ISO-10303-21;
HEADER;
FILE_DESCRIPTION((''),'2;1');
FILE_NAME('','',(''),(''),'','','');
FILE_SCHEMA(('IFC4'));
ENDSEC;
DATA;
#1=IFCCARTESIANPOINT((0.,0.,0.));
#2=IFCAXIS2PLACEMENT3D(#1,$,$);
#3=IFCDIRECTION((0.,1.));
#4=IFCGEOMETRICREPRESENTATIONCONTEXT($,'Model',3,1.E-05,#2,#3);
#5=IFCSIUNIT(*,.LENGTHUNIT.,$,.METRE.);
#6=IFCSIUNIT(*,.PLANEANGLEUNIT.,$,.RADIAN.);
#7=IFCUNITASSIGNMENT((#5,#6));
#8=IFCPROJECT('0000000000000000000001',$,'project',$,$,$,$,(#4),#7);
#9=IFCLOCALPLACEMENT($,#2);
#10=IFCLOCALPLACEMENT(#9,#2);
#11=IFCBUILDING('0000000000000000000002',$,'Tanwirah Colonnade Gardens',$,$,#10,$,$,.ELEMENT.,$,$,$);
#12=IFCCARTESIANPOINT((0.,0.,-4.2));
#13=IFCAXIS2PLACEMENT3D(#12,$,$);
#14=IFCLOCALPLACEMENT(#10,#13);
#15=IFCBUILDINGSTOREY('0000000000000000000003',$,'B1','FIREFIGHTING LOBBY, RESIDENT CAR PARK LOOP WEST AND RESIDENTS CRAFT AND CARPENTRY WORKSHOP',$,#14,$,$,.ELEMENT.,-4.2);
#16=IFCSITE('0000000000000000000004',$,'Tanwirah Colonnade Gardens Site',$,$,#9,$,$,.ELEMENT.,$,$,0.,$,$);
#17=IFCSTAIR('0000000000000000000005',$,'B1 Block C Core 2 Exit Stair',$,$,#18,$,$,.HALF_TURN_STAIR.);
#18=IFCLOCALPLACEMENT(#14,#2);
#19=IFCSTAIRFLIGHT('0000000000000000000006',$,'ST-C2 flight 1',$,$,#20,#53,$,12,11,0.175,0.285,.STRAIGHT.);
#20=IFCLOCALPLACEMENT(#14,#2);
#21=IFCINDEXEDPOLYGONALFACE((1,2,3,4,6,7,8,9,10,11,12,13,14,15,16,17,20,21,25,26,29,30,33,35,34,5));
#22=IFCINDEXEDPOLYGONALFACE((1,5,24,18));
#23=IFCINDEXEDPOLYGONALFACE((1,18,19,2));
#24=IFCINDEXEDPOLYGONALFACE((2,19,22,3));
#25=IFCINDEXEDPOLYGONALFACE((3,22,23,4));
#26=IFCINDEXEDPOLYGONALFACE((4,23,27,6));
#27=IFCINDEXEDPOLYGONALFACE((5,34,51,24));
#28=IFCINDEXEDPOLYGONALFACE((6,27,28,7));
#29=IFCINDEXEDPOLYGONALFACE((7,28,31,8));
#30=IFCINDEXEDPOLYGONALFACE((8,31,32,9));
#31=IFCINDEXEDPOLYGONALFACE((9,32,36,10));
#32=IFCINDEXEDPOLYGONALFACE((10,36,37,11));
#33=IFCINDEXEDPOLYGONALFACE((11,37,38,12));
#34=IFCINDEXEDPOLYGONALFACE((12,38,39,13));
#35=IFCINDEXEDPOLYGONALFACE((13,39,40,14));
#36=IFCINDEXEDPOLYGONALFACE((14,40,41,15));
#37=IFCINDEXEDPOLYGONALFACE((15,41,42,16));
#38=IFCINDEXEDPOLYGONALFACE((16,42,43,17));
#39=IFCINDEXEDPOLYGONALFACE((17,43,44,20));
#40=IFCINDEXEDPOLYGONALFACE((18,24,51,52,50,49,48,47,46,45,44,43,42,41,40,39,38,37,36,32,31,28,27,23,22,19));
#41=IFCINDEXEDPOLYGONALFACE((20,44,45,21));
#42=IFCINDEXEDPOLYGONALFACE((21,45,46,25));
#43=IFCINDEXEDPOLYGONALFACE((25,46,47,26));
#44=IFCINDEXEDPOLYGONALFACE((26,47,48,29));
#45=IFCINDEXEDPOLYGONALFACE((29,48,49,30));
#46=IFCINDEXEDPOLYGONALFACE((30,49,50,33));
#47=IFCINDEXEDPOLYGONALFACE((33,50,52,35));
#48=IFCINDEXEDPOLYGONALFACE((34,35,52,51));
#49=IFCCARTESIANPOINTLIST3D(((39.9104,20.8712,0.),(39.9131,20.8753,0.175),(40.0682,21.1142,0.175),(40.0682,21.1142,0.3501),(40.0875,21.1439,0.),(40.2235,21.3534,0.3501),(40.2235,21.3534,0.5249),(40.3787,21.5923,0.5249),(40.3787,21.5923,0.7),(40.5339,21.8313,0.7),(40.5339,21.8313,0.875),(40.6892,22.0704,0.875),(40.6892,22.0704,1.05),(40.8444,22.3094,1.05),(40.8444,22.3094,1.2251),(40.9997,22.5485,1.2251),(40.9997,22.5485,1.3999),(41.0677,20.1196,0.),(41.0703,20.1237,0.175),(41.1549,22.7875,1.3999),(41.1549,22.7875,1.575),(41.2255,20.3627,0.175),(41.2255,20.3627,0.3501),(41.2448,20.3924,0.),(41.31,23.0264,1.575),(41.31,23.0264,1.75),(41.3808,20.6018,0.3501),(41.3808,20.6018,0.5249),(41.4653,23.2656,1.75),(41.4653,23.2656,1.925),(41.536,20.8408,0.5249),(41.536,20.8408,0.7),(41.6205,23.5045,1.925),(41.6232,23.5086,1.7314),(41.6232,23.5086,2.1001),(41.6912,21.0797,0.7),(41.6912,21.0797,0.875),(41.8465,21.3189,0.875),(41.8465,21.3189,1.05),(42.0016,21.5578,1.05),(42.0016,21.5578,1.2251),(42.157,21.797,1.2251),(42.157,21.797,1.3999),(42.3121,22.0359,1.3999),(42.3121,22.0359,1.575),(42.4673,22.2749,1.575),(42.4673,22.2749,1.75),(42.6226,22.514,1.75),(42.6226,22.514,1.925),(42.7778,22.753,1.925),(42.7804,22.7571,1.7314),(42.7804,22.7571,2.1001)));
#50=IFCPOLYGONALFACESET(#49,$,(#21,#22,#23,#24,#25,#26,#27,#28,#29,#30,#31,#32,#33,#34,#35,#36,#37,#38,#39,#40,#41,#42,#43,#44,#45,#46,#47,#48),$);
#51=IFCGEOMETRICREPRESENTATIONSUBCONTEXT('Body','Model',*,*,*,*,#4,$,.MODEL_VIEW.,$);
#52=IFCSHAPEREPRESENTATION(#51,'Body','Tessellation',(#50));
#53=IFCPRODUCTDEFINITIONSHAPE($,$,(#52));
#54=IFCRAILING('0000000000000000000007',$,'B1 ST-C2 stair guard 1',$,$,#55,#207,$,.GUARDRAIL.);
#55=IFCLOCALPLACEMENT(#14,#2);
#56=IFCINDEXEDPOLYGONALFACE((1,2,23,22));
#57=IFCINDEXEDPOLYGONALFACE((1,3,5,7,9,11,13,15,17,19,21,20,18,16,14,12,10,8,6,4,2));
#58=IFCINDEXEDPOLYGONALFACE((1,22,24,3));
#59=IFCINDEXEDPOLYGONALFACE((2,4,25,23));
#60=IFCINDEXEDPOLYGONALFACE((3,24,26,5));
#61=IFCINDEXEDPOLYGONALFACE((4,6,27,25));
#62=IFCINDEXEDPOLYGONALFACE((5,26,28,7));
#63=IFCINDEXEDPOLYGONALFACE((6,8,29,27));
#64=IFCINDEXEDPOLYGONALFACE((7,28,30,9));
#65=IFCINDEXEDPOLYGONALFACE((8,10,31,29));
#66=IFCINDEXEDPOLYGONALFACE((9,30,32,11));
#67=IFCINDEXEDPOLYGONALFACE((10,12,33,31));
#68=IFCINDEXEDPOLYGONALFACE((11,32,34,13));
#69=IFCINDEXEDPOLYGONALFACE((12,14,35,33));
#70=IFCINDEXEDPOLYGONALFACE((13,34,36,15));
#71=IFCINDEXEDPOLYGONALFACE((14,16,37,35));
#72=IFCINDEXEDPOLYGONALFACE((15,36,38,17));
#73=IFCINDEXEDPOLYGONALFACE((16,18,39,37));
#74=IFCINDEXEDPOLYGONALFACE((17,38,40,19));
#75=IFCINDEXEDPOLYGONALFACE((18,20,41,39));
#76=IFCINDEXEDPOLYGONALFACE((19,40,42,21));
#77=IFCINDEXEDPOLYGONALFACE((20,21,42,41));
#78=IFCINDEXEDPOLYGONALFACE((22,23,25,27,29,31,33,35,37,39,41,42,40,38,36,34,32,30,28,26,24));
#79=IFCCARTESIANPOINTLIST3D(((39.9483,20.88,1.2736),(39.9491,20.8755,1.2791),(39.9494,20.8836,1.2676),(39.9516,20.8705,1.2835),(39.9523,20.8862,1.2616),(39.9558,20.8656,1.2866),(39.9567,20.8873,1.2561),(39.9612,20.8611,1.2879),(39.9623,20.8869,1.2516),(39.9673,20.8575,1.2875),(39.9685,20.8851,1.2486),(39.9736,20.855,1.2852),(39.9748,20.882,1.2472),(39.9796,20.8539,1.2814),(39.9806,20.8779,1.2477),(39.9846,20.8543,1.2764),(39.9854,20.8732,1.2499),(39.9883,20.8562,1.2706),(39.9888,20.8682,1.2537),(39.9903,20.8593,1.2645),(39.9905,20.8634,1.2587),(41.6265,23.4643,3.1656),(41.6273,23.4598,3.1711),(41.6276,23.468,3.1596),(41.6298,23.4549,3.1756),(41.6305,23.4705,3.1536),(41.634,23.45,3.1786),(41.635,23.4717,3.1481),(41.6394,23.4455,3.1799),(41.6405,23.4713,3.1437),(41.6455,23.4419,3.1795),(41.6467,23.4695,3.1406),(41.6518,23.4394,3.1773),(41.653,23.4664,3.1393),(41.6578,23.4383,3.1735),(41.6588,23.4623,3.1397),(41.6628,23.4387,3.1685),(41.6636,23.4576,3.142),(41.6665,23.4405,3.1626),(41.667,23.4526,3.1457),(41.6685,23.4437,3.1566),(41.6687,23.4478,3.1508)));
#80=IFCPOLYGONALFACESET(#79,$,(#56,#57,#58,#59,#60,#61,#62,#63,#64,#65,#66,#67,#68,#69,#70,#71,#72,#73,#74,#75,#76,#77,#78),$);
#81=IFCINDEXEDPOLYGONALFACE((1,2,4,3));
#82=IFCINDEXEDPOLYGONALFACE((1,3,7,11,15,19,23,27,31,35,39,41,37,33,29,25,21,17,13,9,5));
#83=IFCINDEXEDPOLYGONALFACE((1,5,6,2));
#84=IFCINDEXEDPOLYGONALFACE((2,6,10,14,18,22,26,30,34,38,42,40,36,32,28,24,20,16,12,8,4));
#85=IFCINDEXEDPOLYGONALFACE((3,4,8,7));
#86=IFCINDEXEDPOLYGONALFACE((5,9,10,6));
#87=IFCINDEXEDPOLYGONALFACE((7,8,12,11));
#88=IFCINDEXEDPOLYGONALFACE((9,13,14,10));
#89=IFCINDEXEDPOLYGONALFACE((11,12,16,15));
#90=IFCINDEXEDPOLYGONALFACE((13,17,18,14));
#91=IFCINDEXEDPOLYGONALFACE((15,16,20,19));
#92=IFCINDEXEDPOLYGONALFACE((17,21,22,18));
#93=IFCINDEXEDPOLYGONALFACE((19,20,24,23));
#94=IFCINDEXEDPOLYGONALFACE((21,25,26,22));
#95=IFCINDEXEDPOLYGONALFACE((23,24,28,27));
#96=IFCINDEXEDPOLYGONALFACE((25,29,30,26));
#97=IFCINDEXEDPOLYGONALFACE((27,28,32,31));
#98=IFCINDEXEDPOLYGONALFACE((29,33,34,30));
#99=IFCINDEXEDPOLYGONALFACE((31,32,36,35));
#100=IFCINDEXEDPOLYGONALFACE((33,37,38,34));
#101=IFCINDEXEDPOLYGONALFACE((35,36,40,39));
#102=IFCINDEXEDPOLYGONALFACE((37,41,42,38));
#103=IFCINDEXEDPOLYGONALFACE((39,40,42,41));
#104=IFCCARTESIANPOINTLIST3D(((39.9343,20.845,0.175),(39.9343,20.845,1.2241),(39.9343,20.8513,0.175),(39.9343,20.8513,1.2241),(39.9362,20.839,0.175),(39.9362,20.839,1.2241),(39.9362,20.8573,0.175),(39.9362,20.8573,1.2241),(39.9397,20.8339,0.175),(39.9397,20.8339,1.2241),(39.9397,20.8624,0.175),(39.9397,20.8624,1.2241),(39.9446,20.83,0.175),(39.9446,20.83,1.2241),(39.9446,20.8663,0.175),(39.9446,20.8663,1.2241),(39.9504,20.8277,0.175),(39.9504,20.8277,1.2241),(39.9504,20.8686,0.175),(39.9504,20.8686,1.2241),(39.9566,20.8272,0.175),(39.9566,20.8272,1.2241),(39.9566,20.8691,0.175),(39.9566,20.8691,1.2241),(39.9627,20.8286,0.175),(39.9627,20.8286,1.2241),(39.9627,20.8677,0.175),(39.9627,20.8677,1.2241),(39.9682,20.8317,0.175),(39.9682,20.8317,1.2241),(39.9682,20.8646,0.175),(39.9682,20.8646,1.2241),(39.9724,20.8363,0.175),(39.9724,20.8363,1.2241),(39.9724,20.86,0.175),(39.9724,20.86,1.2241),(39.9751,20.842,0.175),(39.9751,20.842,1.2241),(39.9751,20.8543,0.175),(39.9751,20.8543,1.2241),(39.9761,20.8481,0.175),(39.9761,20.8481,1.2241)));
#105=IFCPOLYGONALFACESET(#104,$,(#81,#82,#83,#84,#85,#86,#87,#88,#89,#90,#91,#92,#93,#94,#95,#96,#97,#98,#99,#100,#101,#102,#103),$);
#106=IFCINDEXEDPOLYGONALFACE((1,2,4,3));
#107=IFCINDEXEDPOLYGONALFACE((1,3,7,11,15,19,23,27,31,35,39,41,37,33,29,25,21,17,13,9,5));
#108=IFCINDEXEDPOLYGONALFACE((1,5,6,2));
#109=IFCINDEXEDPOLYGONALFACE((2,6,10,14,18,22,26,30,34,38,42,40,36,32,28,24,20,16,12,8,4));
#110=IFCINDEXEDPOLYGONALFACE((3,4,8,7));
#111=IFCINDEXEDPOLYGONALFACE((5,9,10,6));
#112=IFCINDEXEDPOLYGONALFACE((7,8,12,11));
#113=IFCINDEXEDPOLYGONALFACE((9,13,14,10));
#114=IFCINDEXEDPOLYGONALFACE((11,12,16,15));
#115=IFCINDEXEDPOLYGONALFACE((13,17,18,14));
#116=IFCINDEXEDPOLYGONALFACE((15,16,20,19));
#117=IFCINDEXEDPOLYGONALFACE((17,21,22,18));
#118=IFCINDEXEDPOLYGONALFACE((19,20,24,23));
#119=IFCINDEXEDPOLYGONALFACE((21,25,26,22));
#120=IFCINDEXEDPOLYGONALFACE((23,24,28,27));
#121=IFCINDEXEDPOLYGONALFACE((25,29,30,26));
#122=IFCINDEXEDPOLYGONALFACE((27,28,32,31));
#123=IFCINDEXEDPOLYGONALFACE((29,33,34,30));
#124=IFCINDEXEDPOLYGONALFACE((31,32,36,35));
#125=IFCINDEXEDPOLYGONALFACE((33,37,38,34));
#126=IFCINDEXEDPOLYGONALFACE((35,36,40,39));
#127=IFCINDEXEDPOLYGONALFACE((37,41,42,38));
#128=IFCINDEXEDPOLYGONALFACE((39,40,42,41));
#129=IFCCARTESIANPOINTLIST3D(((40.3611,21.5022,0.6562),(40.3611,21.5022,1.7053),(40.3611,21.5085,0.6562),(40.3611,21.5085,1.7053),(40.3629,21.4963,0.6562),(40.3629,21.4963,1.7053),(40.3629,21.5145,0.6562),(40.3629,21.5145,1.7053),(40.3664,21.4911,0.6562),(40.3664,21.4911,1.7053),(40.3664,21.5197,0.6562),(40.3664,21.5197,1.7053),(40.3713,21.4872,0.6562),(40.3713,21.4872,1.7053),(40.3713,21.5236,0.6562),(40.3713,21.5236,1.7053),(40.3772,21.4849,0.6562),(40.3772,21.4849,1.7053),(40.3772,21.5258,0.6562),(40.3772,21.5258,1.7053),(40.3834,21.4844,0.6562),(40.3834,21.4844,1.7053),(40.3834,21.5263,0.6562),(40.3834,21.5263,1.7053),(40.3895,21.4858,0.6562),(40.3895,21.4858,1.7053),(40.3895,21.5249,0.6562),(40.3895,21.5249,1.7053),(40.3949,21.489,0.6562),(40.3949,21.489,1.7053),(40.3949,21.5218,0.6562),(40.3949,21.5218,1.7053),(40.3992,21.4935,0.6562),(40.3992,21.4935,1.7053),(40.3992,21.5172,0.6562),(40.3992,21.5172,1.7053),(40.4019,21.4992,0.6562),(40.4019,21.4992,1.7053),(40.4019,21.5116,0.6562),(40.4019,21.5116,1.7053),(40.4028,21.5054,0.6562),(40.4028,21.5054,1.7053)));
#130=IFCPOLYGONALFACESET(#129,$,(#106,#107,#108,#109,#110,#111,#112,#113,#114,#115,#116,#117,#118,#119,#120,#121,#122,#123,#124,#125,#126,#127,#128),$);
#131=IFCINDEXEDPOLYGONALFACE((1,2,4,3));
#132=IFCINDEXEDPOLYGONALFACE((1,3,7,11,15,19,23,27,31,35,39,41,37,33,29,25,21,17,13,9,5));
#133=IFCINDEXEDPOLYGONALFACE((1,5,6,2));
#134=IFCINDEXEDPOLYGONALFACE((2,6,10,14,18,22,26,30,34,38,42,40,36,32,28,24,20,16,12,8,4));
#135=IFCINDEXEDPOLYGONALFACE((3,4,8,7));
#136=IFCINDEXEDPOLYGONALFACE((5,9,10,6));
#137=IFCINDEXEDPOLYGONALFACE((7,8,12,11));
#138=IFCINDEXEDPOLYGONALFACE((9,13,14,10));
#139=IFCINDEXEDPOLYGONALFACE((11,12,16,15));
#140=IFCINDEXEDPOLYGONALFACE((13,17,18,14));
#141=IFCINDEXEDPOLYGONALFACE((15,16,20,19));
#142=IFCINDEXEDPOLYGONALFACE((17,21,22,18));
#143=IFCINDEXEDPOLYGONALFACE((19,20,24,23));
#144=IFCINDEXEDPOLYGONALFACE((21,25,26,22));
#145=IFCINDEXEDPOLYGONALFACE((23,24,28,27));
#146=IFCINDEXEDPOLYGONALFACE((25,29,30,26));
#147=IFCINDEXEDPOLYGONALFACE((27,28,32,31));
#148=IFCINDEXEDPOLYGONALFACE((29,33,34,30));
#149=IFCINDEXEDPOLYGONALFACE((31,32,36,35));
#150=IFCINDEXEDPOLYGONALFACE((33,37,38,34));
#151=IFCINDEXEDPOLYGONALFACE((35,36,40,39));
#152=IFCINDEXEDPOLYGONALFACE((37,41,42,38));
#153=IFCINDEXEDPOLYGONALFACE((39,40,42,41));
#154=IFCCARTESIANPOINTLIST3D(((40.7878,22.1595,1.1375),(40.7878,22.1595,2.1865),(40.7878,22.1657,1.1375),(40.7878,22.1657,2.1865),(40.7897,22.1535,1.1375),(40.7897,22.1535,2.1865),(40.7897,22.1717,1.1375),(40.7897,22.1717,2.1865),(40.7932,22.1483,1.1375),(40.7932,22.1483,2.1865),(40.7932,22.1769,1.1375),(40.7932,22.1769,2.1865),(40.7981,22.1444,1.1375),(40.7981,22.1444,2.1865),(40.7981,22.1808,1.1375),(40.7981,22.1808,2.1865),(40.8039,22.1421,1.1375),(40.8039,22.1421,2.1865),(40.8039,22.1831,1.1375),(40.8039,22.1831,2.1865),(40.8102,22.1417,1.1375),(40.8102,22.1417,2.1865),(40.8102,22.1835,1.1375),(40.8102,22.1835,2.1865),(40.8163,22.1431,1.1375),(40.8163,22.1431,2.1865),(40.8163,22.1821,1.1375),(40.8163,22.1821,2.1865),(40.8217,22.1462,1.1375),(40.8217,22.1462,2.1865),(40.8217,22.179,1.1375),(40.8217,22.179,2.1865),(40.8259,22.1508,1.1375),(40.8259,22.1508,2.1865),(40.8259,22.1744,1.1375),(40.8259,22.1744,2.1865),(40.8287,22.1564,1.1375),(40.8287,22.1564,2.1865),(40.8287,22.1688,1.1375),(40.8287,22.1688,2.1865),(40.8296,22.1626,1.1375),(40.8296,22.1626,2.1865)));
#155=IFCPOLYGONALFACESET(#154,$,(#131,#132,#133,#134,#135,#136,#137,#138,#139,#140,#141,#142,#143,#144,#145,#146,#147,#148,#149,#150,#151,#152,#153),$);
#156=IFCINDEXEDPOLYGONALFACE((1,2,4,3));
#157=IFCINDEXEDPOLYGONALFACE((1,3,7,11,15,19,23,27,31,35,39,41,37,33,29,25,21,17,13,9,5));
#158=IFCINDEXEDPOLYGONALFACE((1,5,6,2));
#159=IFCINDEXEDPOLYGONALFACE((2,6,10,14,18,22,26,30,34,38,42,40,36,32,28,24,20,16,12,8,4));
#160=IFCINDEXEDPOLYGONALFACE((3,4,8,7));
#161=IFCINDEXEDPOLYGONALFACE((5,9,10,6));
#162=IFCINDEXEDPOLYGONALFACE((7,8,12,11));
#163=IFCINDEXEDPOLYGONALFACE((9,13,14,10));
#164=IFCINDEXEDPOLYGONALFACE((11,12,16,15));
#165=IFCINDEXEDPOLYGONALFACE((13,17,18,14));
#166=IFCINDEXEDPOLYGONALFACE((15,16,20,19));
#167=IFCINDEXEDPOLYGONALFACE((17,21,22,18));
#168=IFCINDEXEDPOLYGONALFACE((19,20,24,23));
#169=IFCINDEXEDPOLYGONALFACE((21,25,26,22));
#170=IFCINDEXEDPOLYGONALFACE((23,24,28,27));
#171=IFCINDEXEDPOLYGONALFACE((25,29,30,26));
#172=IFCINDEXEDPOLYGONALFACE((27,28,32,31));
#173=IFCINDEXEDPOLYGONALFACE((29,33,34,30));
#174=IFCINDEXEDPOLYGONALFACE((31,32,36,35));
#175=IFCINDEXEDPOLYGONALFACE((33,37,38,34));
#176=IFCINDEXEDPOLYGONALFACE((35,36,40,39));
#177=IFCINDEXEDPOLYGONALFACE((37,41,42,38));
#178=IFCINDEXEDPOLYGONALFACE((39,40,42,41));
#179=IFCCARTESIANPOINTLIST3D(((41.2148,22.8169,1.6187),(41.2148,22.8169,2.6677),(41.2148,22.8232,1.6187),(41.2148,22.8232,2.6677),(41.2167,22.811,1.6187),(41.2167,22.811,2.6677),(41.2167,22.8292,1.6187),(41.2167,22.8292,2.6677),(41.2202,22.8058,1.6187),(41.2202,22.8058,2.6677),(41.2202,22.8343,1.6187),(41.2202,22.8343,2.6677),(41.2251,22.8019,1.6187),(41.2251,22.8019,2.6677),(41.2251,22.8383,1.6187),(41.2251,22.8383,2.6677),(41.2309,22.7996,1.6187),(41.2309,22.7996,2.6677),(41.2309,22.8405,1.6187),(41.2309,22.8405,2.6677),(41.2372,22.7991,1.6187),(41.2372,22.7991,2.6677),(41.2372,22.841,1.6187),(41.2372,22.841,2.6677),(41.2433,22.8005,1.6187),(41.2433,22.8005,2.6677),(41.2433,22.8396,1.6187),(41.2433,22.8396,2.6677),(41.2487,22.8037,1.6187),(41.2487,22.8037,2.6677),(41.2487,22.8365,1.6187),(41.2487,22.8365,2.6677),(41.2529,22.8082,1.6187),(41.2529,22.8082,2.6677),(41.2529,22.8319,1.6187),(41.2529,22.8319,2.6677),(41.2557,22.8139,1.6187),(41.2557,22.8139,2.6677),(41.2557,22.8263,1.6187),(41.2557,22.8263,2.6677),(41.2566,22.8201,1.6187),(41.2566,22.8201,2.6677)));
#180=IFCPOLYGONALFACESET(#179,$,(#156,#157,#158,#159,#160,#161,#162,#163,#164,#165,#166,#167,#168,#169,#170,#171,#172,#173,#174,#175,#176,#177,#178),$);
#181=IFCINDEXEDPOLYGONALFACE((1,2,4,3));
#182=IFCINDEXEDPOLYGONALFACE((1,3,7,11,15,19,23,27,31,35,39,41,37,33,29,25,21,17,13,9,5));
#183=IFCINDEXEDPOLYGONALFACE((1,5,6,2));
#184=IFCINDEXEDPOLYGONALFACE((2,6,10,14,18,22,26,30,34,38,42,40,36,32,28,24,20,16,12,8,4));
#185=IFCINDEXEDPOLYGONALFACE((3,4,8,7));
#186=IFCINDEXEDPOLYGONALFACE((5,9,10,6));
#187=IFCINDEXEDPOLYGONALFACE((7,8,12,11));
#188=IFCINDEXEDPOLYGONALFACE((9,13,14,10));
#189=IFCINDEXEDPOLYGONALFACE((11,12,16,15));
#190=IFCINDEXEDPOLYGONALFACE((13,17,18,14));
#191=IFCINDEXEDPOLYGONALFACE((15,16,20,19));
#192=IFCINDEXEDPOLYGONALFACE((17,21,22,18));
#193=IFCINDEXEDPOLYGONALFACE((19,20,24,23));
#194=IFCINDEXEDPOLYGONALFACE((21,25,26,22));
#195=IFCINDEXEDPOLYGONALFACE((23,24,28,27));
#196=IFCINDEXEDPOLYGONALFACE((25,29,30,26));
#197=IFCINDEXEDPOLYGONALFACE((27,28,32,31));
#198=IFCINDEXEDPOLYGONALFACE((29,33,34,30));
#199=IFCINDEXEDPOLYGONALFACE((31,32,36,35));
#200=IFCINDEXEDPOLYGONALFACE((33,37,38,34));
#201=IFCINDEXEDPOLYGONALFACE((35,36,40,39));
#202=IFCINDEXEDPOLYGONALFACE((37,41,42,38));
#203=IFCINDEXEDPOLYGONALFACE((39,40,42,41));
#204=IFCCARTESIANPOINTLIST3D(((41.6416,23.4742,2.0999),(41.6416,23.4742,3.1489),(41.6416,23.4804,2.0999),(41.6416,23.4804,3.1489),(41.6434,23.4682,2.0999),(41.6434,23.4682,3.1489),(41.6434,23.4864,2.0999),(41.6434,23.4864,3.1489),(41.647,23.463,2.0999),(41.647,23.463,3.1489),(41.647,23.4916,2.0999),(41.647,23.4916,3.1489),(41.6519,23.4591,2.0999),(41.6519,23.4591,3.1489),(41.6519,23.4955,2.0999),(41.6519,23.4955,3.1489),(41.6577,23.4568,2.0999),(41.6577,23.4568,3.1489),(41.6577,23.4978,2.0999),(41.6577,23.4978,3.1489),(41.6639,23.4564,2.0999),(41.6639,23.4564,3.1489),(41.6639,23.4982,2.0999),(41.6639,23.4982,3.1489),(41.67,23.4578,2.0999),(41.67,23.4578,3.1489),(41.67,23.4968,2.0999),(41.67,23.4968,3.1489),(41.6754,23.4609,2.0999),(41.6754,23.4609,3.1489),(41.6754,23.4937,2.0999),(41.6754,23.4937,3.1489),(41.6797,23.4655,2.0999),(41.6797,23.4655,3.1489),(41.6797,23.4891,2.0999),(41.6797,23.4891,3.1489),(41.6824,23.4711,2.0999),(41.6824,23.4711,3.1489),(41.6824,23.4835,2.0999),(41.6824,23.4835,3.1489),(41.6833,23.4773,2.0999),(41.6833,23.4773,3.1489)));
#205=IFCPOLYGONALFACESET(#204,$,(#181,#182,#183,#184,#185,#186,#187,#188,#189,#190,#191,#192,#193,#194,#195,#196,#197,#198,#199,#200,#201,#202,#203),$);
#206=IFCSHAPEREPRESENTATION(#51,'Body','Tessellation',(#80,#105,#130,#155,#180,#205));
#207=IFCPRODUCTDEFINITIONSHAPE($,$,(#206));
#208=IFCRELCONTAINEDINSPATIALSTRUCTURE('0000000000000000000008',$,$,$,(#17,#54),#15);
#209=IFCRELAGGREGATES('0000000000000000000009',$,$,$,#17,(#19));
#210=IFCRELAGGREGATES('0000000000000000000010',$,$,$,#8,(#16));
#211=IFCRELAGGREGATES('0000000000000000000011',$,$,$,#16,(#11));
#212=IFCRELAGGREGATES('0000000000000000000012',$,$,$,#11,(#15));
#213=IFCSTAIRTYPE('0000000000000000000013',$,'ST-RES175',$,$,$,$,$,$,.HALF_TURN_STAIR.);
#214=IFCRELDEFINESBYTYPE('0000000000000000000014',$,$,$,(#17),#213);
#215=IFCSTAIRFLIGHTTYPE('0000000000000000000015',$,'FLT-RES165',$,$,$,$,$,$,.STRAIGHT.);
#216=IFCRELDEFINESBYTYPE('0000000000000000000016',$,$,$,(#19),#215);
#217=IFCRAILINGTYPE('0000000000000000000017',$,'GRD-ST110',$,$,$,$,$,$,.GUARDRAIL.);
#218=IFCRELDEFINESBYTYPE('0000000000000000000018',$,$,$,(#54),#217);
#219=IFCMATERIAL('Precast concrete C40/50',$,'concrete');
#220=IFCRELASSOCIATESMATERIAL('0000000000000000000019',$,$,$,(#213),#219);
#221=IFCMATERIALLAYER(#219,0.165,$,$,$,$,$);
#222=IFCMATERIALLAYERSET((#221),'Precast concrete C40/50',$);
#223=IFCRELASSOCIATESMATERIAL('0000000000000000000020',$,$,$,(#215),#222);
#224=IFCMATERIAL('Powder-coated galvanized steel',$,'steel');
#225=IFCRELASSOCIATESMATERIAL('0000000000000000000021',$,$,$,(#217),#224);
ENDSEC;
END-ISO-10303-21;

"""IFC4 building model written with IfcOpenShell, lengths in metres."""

from ifc_helpers import new_model, si_unit, direction, frame, origin, origin_2d, place, context, subcontext, project, spatial, polyline, circle, outline, extrude, material, layer, layer_set, type_object, element, aggregate, save


model = new_model("IFC4")

# Units and contexts
model_context = context("Model", 3, precision=1e-05, world=origin(), true_north=direction((0.0, 1.0)))
body_context = subcontext(model_context, "Body", "Model", "MODEL_VIEW")
ifc_project = project(units=[si_unit("LENGTHUNIT", "METRE"), si_unit("PLANEANGLEUNIT", "RADIAN")], contexts=[model_context])

# Site, building, storey
site_placement = place(None, origin())
site = spatial("IfcSite", under=ifc_project, at=site_placement, Name="Tanwirah Colonnade Gardens Site", CompositionType="ELEMENT", RefElevation=0.0)
building_placement = place(site_placement, origin())
building = spatial("IfcBuilding", under=site, at=building_placement, Name="Tanwirah Colonnade Gardens", CompositionType="ELEMENT")
storey_placement = place(building_placement, frame((0.0, 0.0, -4.2)))
storey = spatial("IfcBuildingStorey", under=building, at=storey_placement, Name="B1", Description="FIREFIGHTING LOBBY, RESIDENT CAR PARK LOOP WEST AND RESIDENTS CRAFT AND CARPENTRY WORKSHOP", CompositionType="ELEMENT", Elevation=-4.2)

# Shared definitions
ifc_material_1 = material(Name="Precast concrete C40/50", Category="concrete")

# Stair, stair flight
stair_type = type_object("IfcStairType", Name="ST-RES175", PredefinedType="HALF_TURN_STAIR", material=ifc_material_1)
stair_placement = place(storey_placement, origin())
stair = element("IfcStair", 1, at=stair_placement, inside=storey, type_object=stair_type, Name="B1 Block C Core 2 Exit Stair", PredefinedType="HALF_TURN_STAIR")
ifc_layer_1 = layer(ifc_material_1, 0.165)
ifc_layer_set_1 = layer_set([ifc_layer_1], Name="Precast concrete C40/50")
stair_flight_type = type_object("IfcStairFlightType", Name="FLT-RES165", PredefinedType="STRAIGHT", material=ifc_layer_set_1)
stair_flight_placement = place(storey_placement, frame((40.4917, 20.4995, 0.0), z_axis=(0.0, 0.0, 1.0), x_axis=(0.544639, 0.838671, 0.0)))
stair_flight = element("IfcStairFlight", 2, at=stair_flight_placement, type_object=stair_flight_type, Name="ST-C2 flight 1", NumberOfRisers=12, NumberOfTreads=11, PredefinedType="STRAIGHT", RiserHeight=0.175, TreadLength=0.285, context=body_context, shape_type="SweptSolid", body=[
    extrude(outline(polyline([(-0.0049, 0.0), (0.0, 0.175), (0.2849, 0.175), (0.2849, 0.3501), (0.5701, 0.3501), (0.5701, 0.5249), (0.855, 0.5249), (0.855, 0.7), (1.1399, 0.7), (1.1399, 0.875), (1.425, 0.875), (1.425, 1.05), (1.71, 1.05), (1.71, 1.2251), (1.9951, 1.2251), (1.9951, 1.3999), (2.28, 1.3999), (2.28, 1.575), (2.5649, 1.575), (2.5649, 1.75), (2.8501, 1.75), (2.8501, 1.925), (3.135, 1.925), (3.1399, 2.1001), (3.1399, 1.7314), (0.3203, 0.0), (-0.0049, 0.0)])), frame((0.0, 0.6899, 0.0), z_axis=(0.0, -1.0, 0.0), x_axis=(1.0, 0.0, 0.0)), (0.0, 0.0, 1.0), 1.3799),
])
aggregate(stair, [stair_flight])

# Railing
ifc_material_2 = material(Name="Powder-coated galvanized steel", Category="steel")
railing_type_1 = type_object("IfcRailingType", Name="GRD-ST110", PredefinedType="GUARDRAIL", material=ifc_material_2)
railing_1_placement = place(storey_placement, frame((39.9551, 20.8481, 0.175)))
element("IfcRailing", 3, at=railing_1_placement, inside=storey, type_object=railing_type_1, Name="B1 ST-C2 stair guard 1", PredefinedType="GUARDRAIL", context=body_context, shape_type="SweptSolid", body=[
    extrude(circle(Radius=0.0239, at=origin_2d()), frame((0.0144, 0.0225, 1.0925), z_axis=(0.46411, 0.714715, 0.523244), x_axis=(-0.838687, 0.544613, 0.0)), (0.0, 0.0, 1.0), 3.616),
    extrude(circle(Radius=0.021, at=origin_2d()), origin(), (0.0, 0.0, 1.0), 1.0491),
    extrude(circle(Radius=0.021, at=origin_2d()), frame((0.4268, 0.6572, 0.4812)), (0.0, 0.0, 1.0), 1.0491),
    extrude(circle(Radius=0.021, at=origin_2d()), frame((0.8535, 1.3145, 0.9624)), (0.0, 0.0, 1.0), 1.0491),
    extrude(circle(Radius=0.021, at=origin_2d()), frame((1.2805, 1.9719, 1.4436)), (0.0, 0.0, 1.0), 1.0491),
    extrude(circle(Radius=0.021, at=origin_2d()), frame((1.7073, 2.6292, 1.9248)), (0.0, 0.0, 1.0), 1.0491),
])

save(model, "model.ifc")
